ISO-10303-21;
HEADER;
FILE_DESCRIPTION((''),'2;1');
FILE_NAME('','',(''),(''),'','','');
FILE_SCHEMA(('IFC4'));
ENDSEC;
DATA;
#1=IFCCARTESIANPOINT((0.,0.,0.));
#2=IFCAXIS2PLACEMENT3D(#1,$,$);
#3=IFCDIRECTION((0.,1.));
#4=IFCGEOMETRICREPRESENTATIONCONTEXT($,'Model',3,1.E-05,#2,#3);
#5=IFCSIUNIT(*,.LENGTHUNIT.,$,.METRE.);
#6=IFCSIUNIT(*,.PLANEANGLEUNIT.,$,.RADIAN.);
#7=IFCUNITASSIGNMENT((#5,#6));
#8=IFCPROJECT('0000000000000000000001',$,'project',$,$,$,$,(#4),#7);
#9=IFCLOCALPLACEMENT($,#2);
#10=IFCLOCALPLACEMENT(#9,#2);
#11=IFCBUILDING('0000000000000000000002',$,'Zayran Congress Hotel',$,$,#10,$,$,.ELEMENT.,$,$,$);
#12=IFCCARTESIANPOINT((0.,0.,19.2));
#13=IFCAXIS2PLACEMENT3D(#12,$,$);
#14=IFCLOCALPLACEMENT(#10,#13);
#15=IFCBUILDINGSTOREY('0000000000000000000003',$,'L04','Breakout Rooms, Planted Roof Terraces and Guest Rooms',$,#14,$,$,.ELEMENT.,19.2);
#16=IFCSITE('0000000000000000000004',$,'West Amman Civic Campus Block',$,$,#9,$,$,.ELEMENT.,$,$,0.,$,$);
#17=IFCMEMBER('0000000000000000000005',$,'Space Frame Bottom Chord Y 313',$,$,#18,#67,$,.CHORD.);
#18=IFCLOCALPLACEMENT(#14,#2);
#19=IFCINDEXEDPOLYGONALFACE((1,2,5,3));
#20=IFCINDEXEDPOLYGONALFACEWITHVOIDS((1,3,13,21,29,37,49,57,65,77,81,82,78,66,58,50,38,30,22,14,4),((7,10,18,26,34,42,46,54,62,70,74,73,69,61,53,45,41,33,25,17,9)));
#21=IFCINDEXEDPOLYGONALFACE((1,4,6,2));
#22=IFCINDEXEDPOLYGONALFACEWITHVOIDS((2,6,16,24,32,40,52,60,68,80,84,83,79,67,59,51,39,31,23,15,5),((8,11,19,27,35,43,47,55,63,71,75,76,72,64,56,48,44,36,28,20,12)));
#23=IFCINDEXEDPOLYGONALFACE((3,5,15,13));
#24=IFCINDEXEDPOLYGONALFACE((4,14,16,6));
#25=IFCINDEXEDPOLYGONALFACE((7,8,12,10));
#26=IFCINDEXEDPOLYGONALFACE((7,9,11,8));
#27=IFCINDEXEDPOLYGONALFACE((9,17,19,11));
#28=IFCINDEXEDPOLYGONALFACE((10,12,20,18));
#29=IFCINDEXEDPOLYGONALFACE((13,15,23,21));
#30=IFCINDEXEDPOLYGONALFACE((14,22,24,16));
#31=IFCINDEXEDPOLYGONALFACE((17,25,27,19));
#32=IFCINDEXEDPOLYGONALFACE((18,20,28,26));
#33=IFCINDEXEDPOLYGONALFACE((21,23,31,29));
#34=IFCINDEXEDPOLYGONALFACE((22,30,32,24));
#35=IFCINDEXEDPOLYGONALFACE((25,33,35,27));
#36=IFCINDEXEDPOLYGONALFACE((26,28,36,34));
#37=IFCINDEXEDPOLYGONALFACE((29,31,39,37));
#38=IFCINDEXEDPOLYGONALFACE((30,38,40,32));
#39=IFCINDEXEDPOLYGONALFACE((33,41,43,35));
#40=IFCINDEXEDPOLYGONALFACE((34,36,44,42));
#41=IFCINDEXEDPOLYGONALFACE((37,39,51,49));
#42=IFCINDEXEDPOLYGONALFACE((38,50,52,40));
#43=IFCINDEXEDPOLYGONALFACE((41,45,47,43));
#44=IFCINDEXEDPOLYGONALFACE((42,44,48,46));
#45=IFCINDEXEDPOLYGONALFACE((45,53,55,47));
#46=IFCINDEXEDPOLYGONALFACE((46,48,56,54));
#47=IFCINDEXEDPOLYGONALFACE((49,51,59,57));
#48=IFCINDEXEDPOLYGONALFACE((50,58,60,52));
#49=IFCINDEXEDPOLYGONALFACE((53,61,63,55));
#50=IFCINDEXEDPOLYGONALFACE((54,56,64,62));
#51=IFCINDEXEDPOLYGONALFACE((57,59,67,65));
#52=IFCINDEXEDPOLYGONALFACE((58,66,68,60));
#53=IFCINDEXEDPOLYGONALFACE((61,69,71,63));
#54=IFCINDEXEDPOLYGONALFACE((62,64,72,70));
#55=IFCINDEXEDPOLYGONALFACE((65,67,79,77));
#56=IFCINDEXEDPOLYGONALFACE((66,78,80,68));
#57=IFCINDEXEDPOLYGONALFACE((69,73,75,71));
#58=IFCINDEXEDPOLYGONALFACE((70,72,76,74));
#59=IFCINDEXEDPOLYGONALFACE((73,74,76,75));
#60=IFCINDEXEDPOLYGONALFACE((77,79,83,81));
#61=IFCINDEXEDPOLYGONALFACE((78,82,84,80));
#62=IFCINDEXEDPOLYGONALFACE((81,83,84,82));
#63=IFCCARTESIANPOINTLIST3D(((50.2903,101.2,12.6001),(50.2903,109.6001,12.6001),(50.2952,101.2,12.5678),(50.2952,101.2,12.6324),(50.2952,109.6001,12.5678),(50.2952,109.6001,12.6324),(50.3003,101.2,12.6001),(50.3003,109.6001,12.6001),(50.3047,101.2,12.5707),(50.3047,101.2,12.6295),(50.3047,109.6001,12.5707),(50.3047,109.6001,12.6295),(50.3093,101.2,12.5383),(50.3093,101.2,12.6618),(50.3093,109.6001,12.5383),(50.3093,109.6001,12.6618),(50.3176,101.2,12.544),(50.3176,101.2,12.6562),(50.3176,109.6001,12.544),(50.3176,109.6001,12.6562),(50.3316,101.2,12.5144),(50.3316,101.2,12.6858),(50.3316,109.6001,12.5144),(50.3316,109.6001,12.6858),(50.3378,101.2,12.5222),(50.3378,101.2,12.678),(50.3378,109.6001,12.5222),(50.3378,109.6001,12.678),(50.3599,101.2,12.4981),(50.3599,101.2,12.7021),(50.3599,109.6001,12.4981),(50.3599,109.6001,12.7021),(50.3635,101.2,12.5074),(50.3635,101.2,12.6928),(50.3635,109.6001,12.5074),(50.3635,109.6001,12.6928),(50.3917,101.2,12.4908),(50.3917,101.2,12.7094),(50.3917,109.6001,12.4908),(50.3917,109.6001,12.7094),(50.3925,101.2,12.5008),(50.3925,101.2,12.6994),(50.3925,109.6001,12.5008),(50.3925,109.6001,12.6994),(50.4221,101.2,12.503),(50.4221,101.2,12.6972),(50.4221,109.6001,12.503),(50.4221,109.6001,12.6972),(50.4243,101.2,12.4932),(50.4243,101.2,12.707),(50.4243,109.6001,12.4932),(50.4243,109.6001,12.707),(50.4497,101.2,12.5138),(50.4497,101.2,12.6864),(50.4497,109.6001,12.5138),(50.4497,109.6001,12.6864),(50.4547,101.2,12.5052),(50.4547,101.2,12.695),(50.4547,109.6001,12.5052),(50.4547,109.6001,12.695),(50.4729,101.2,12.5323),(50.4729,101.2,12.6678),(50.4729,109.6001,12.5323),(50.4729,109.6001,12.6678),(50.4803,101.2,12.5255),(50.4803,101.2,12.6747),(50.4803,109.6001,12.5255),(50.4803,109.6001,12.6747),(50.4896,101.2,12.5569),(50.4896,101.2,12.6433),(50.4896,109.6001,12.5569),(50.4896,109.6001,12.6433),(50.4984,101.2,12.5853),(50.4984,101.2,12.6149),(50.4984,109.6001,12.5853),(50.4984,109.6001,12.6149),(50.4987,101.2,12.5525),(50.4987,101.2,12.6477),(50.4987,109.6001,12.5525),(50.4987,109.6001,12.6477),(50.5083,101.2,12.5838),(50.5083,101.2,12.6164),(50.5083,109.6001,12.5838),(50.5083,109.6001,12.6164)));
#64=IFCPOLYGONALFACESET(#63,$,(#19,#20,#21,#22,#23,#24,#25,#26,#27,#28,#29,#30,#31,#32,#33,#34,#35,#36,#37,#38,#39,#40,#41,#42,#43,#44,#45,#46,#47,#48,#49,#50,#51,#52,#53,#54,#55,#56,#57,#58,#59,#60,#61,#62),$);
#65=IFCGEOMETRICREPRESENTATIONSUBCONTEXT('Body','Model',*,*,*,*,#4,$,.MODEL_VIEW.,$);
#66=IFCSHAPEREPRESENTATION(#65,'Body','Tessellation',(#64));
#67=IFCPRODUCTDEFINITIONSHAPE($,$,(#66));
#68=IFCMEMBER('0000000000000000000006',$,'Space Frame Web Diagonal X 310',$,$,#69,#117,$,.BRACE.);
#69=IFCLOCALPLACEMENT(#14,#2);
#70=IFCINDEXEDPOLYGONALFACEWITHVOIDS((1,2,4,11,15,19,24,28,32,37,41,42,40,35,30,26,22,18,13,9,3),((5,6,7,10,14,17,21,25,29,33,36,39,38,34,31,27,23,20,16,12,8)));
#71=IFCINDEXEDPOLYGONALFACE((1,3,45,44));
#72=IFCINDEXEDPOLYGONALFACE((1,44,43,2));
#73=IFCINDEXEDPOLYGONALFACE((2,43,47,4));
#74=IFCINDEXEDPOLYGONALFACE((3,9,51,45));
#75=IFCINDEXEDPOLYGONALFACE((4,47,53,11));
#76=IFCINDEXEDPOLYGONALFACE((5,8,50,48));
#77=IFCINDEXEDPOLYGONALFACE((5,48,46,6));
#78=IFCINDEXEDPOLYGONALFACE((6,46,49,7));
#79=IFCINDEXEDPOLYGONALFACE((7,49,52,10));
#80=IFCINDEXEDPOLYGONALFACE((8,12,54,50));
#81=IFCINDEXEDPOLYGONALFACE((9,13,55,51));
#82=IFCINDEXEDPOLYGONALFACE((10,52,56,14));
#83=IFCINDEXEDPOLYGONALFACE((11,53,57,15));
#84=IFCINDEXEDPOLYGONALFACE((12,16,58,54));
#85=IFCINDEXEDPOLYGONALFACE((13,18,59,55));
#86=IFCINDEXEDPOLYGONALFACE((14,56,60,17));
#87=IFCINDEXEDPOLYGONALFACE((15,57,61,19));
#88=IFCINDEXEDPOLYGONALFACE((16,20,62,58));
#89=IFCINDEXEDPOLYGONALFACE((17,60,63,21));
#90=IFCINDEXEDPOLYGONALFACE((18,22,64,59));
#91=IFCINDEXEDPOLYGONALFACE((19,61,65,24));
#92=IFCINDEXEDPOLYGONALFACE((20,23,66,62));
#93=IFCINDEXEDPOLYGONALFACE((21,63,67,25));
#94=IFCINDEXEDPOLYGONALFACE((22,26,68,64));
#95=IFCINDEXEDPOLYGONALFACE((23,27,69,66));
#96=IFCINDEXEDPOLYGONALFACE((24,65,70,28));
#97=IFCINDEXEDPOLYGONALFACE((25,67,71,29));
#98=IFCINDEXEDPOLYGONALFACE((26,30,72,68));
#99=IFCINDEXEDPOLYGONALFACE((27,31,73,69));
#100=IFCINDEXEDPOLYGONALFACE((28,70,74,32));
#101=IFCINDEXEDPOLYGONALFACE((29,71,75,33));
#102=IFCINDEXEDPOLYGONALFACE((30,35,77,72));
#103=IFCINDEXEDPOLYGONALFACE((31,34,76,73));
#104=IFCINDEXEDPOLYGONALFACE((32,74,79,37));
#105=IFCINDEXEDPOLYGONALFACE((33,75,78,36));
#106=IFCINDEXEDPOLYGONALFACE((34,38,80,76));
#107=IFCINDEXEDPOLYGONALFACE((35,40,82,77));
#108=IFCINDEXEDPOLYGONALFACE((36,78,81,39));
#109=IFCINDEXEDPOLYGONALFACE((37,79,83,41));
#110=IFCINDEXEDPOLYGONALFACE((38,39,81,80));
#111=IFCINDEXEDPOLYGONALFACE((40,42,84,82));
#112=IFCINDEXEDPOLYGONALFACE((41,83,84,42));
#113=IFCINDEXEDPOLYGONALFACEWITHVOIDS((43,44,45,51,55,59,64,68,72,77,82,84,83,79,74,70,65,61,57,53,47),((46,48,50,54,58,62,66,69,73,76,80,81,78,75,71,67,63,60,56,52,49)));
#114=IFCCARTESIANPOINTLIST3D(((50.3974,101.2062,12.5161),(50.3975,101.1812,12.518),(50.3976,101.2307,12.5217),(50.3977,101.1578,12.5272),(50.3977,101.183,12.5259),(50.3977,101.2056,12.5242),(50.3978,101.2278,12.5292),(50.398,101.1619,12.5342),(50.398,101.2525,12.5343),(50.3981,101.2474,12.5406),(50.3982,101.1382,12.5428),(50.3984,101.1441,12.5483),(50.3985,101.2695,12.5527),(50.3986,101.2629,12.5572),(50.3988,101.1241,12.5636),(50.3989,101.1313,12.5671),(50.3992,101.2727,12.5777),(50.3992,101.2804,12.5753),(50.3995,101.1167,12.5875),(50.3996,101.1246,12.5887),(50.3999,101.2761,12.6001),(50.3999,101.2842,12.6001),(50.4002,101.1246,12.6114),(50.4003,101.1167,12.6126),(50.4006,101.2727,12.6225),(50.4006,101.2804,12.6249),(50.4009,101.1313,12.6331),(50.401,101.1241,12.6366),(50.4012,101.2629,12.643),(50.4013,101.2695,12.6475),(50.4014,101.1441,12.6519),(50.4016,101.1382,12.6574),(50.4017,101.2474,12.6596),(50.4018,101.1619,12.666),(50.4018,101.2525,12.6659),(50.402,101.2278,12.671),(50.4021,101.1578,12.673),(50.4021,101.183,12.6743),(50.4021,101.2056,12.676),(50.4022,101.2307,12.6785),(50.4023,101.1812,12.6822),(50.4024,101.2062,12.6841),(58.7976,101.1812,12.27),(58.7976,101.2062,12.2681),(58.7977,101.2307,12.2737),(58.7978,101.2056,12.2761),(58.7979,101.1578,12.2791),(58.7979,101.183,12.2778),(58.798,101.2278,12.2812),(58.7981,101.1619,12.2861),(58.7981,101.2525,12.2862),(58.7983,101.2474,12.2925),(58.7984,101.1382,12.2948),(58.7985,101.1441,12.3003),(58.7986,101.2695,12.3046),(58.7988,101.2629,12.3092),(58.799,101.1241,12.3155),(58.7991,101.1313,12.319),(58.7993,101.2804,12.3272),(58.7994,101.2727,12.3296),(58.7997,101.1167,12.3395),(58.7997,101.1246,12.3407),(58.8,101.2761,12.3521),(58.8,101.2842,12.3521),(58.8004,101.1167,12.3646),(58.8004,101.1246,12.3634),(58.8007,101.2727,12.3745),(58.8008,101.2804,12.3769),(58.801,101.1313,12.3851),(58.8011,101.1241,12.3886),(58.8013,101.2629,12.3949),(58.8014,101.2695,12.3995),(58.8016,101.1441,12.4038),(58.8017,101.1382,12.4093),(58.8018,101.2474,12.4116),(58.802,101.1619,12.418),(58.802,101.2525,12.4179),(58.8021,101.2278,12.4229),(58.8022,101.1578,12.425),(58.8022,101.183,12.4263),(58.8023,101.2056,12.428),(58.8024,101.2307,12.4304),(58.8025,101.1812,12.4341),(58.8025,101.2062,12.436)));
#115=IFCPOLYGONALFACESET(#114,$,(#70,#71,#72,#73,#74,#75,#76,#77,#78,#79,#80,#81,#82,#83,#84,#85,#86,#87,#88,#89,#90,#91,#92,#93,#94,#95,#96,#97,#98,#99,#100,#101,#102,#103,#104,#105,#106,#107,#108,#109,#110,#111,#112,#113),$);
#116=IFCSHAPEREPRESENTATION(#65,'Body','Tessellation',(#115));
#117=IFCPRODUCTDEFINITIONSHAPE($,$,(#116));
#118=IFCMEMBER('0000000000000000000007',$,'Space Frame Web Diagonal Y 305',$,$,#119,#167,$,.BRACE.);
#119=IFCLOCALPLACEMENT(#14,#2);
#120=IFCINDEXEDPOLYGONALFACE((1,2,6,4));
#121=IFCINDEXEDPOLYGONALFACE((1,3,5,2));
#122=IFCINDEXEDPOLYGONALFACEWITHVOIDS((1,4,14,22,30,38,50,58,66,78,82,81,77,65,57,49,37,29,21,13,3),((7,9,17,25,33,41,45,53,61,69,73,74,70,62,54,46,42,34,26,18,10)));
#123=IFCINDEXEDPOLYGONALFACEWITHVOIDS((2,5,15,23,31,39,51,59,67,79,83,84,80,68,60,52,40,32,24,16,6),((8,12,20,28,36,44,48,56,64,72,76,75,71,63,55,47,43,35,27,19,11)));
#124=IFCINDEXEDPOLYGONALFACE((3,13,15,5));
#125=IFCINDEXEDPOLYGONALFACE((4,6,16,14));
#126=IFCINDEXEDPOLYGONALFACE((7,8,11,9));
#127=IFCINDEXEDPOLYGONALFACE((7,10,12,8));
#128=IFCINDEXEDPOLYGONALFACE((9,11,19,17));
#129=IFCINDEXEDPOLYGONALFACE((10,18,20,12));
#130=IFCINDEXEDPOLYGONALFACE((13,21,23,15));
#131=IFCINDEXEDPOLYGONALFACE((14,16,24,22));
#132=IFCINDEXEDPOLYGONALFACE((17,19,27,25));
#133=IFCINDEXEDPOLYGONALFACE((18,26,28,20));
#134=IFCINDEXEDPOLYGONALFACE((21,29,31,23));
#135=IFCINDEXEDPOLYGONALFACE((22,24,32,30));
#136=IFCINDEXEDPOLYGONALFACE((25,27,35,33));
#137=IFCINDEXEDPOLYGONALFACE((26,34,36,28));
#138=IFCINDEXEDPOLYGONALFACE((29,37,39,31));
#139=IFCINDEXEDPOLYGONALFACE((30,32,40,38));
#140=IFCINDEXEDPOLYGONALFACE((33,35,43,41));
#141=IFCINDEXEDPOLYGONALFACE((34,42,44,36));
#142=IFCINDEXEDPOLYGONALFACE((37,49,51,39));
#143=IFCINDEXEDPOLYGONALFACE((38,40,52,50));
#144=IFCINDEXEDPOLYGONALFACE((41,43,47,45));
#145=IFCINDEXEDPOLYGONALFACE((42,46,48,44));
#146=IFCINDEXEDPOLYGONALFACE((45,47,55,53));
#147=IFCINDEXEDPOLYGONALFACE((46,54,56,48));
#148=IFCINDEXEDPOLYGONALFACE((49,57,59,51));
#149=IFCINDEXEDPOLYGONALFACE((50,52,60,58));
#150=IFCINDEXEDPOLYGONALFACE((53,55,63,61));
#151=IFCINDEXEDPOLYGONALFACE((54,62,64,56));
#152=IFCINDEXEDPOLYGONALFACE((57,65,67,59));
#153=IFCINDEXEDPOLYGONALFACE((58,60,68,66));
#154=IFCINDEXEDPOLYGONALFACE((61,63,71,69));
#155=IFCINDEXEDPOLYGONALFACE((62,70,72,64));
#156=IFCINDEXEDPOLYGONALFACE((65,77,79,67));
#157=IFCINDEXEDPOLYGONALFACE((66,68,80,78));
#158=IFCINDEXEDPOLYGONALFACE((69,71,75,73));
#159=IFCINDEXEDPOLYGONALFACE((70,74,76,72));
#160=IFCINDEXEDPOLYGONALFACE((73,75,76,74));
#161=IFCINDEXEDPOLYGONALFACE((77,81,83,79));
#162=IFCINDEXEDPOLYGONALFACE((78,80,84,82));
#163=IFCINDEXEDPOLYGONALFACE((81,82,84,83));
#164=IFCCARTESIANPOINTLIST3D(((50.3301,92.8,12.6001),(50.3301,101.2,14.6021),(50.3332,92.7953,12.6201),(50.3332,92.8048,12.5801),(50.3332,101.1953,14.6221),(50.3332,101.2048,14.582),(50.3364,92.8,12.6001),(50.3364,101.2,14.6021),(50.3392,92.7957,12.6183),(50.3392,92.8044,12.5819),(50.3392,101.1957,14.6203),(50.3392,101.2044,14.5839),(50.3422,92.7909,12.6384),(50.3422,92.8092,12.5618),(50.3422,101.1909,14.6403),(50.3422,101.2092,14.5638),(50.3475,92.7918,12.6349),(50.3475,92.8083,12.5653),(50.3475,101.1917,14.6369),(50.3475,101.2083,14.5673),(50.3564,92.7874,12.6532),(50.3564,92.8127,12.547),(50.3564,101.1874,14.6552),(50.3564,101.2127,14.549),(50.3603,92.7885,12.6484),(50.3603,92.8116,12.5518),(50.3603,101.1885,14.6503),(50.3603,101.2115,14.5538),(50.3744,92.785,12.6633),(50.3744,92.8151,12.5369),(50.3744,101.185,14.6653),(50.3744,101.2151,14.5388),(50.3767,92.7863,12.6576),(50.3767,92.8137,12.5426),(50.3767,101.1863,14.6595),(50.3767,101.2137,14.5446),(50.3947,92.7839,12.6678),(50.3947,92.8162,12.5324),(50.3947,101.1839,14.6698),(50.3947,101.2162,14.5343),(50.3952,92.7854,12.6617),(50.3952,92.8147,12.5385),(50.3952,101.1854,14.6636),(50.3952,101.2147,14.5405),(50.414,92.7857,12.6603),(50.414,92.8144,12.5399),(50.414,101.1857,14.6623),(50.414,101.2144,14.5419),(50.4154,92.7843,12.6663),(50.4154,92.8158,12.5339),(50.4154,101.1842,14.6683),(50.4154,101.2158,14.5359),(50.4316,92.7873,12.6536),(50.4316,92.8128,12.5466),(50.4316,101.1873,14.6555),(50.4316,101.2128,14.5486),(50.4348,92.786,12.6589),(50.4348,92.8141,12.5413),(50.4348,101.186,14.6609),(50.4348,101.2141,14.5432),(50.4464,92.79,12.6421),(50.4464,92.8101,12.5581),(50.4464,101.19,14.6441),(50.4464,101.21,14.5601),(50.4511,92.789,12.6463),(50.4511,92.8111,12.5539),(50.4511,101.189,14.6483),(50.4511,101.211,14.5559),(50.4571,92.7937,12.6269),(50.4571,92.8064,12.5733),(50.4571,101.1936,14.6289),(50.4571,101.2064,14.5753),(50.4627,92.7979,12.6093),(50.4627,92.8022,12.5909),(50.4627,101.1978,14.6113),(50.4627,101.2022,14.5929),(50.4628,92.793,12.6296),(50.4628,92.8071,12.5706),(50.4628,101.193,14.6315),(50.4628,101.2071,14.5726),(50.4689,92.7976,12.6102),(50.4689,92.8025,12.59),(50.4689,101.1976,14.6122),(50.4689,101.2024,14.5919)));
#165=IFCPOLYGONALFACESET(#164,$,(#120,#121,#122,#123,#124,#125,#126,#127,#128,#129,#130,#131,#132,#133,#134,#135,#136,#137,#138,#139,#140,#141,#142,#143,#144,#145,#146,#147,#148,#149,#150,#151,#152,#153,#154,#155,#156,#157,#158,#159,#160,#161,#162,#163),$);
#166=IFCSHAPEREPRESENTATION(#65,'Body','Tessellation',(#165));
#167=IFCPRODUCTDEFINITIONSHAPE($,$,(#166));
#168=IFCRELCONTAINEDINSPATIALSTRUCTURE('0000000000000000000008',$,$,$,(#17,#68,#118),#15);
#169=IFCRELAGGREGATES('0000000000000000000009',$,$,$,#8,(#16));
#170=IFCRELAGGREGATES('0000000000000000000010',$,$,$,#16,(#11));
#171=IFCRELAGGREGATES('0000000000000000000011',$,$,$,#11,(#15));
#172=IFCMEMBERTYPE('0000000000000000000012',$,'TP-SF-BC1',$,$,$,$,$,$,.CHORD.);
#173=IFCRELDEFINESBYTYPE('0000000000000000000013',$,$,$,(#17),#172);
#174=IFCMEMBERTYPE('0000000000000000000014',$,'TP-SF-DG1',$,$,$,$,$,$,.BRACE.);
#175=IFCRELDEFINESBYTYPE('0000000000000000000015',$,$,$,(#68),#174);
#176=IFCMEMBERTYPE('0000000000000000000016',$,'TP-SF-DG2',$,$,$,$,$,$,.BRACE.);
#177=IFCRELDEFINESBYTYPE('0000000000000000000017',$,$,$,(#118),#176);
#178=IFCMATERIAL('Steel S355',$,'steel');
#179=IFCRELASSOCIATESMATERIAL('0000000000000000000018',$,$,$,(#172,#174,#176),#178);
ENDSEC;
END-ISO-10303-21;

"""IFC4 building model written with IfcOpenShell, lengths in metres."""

from ifc_helpers import new_model, si_unit, direction, frame, origin, origin_2d, place, context, subcontext, project, spatial, hollow_circle, extrude, material, material_profile, profile_set, type_object, element, save


model = new_model("IFC4")

# Units and contexts
model_context = context("Model", 3, precision=1e-05, world=origin(), true_north=direction((0.0, 1.0)))
body_context = subcontext(model_context, "Body", "Model", "MODEL_VIEW")
ifc_project = project(units=[si_unit("LENGTHUNIT", "METRE"), si_unit("PLANEANGLEUNIT", "RADIAN")], contexts=[model_context])

# Site, building, storey
site_placement = place(None, origin())
site = spatial("IfcSite", under=ifc_project, at=site_placement, Name="West Amman Civic Campus Block", CompositionType="ELEMENT", RefElevation=0.0)
building_placement = place(site_placement, origin())
building = spatial("IfcBuilding", under=site, at=building_placement, Name="Zayran Congress Hotel", CompositionType="ELEMENT")
storey_placement = place(building_placement, frame((0.0, 0.0, 19.2)))
storey = spatial("IfcBuildingStorey", under=building, at=storey_placement, Name="L04", Description="Breakout Rooms, Planted Roof Terraces and Guest Rooms", CompositionType="ELEMENT", Elevation=19.2)

# Members
ifc_material_1 = material(Name="Steel S355", Category="steel")
ifc_material_profile_1 = material_profile(ifc_material_1, hollow_circle(Radius=0.1096, WallThickness=0.01, at=origin_2d()), Name="CHS 219.1x10")
ifc_profile_set_1 = profile_set([ifc_material_profile_1], Name="Steel S355")
member_type_1 = type_object("IfcMemberType", Name="TP-SF-BC1", PredefinedType="CHORD", material=ifc_profile_set_1)
member_1_placement = place(storey_placement, frame((50.3999, 101.2, 12.6001), z_axis=(0.0, 1.0, 0.0), x_axis=(-1.0, 0.0, 0.0)))
element("IfcMember", 1, at=member_1_placement, inside=storey, type_object=member_type_1, Name="Space Frame Bottom Chord Y 313", PredefinedType="CHORD", context=body_context, shape_type="SweptSolid", body=[
    extrude(hollow_circle(Radius=0.1096, WallThickness=0.01, at=origin_2d()), origin(), (0.0, 0.0, 1.0), 8.4001),
])
ifc_material_profile_2 = material_profile(ifc_material_1, hollow_circle(Radius=0.0842, WallThickness=0.0081, at=origin_2d()), Name="CHS 168.3x8")
ifc_profile_set_2 = profile_set([ifc_material_profile_2], Name="Steel S355")
member_type_2 = type_object("IfcMemberType", Name="TP-SF-DG1", PredefinedType="BRACE", material=ifc_profile_set_2)
member_2_placement = place(storey_placement, frame((50.3999, 101.2, 12.6001), z_axis=(0.999564, 0.0, -0.029516), x_axis=(0.0, 1.0, 0.0)))
element("IfcMember", 2, at=member_2_placement, inside=storey, type_object=member_type_2, Name="Space Frame Web Diagonal X 310", PredefinedType="BRACE", context=body_context, shape_type="SweptSolid", body=[
    extrude(hollow_circle(Radius=0.0842, WallThickness=0.0081, at=origin_2d()), origin(), (0.0, 0.0, 1.0), 8.4038),
])
ifc_material_profile_3 = material_profile(ifc_material_1, hollow_circle(Radius=0.0698, WallThickness=0.0063, at=origin_2d()), Name="CHS 139.7x6.3")
ifc_profile_set_3 = profile_set([ifc_material_profile_3], Name="Steel S355")
member_type_3 = type_object("IfcMemberType", Name="TP-SF-DG2", PredefinedType="BRACE", material=ifc_profile_set_3)
member_3_placement = place(storey_placement, frame((50.3999, 92.8, 12.6001), z_axis=(0.0, 0.972755, 0.231837), x_axis=(-1.0, 0.0, 0.0)))
element("IfcMember", 3, at=member_3_placement, inside=storey, type_object=member_type_3, Name="Space Frame Web Diagonal Y 305", PredefinedType="BRACE", context=body_context, shape_type="SweptSolid", body=[
    extrude(hollow_circle(Radius=0.0698, WallThickness=0.0063, at=origin_2d()), origin(), (0.0, 0.0, 1.0), 8.6353),
])

save(model, "model.ifc")
